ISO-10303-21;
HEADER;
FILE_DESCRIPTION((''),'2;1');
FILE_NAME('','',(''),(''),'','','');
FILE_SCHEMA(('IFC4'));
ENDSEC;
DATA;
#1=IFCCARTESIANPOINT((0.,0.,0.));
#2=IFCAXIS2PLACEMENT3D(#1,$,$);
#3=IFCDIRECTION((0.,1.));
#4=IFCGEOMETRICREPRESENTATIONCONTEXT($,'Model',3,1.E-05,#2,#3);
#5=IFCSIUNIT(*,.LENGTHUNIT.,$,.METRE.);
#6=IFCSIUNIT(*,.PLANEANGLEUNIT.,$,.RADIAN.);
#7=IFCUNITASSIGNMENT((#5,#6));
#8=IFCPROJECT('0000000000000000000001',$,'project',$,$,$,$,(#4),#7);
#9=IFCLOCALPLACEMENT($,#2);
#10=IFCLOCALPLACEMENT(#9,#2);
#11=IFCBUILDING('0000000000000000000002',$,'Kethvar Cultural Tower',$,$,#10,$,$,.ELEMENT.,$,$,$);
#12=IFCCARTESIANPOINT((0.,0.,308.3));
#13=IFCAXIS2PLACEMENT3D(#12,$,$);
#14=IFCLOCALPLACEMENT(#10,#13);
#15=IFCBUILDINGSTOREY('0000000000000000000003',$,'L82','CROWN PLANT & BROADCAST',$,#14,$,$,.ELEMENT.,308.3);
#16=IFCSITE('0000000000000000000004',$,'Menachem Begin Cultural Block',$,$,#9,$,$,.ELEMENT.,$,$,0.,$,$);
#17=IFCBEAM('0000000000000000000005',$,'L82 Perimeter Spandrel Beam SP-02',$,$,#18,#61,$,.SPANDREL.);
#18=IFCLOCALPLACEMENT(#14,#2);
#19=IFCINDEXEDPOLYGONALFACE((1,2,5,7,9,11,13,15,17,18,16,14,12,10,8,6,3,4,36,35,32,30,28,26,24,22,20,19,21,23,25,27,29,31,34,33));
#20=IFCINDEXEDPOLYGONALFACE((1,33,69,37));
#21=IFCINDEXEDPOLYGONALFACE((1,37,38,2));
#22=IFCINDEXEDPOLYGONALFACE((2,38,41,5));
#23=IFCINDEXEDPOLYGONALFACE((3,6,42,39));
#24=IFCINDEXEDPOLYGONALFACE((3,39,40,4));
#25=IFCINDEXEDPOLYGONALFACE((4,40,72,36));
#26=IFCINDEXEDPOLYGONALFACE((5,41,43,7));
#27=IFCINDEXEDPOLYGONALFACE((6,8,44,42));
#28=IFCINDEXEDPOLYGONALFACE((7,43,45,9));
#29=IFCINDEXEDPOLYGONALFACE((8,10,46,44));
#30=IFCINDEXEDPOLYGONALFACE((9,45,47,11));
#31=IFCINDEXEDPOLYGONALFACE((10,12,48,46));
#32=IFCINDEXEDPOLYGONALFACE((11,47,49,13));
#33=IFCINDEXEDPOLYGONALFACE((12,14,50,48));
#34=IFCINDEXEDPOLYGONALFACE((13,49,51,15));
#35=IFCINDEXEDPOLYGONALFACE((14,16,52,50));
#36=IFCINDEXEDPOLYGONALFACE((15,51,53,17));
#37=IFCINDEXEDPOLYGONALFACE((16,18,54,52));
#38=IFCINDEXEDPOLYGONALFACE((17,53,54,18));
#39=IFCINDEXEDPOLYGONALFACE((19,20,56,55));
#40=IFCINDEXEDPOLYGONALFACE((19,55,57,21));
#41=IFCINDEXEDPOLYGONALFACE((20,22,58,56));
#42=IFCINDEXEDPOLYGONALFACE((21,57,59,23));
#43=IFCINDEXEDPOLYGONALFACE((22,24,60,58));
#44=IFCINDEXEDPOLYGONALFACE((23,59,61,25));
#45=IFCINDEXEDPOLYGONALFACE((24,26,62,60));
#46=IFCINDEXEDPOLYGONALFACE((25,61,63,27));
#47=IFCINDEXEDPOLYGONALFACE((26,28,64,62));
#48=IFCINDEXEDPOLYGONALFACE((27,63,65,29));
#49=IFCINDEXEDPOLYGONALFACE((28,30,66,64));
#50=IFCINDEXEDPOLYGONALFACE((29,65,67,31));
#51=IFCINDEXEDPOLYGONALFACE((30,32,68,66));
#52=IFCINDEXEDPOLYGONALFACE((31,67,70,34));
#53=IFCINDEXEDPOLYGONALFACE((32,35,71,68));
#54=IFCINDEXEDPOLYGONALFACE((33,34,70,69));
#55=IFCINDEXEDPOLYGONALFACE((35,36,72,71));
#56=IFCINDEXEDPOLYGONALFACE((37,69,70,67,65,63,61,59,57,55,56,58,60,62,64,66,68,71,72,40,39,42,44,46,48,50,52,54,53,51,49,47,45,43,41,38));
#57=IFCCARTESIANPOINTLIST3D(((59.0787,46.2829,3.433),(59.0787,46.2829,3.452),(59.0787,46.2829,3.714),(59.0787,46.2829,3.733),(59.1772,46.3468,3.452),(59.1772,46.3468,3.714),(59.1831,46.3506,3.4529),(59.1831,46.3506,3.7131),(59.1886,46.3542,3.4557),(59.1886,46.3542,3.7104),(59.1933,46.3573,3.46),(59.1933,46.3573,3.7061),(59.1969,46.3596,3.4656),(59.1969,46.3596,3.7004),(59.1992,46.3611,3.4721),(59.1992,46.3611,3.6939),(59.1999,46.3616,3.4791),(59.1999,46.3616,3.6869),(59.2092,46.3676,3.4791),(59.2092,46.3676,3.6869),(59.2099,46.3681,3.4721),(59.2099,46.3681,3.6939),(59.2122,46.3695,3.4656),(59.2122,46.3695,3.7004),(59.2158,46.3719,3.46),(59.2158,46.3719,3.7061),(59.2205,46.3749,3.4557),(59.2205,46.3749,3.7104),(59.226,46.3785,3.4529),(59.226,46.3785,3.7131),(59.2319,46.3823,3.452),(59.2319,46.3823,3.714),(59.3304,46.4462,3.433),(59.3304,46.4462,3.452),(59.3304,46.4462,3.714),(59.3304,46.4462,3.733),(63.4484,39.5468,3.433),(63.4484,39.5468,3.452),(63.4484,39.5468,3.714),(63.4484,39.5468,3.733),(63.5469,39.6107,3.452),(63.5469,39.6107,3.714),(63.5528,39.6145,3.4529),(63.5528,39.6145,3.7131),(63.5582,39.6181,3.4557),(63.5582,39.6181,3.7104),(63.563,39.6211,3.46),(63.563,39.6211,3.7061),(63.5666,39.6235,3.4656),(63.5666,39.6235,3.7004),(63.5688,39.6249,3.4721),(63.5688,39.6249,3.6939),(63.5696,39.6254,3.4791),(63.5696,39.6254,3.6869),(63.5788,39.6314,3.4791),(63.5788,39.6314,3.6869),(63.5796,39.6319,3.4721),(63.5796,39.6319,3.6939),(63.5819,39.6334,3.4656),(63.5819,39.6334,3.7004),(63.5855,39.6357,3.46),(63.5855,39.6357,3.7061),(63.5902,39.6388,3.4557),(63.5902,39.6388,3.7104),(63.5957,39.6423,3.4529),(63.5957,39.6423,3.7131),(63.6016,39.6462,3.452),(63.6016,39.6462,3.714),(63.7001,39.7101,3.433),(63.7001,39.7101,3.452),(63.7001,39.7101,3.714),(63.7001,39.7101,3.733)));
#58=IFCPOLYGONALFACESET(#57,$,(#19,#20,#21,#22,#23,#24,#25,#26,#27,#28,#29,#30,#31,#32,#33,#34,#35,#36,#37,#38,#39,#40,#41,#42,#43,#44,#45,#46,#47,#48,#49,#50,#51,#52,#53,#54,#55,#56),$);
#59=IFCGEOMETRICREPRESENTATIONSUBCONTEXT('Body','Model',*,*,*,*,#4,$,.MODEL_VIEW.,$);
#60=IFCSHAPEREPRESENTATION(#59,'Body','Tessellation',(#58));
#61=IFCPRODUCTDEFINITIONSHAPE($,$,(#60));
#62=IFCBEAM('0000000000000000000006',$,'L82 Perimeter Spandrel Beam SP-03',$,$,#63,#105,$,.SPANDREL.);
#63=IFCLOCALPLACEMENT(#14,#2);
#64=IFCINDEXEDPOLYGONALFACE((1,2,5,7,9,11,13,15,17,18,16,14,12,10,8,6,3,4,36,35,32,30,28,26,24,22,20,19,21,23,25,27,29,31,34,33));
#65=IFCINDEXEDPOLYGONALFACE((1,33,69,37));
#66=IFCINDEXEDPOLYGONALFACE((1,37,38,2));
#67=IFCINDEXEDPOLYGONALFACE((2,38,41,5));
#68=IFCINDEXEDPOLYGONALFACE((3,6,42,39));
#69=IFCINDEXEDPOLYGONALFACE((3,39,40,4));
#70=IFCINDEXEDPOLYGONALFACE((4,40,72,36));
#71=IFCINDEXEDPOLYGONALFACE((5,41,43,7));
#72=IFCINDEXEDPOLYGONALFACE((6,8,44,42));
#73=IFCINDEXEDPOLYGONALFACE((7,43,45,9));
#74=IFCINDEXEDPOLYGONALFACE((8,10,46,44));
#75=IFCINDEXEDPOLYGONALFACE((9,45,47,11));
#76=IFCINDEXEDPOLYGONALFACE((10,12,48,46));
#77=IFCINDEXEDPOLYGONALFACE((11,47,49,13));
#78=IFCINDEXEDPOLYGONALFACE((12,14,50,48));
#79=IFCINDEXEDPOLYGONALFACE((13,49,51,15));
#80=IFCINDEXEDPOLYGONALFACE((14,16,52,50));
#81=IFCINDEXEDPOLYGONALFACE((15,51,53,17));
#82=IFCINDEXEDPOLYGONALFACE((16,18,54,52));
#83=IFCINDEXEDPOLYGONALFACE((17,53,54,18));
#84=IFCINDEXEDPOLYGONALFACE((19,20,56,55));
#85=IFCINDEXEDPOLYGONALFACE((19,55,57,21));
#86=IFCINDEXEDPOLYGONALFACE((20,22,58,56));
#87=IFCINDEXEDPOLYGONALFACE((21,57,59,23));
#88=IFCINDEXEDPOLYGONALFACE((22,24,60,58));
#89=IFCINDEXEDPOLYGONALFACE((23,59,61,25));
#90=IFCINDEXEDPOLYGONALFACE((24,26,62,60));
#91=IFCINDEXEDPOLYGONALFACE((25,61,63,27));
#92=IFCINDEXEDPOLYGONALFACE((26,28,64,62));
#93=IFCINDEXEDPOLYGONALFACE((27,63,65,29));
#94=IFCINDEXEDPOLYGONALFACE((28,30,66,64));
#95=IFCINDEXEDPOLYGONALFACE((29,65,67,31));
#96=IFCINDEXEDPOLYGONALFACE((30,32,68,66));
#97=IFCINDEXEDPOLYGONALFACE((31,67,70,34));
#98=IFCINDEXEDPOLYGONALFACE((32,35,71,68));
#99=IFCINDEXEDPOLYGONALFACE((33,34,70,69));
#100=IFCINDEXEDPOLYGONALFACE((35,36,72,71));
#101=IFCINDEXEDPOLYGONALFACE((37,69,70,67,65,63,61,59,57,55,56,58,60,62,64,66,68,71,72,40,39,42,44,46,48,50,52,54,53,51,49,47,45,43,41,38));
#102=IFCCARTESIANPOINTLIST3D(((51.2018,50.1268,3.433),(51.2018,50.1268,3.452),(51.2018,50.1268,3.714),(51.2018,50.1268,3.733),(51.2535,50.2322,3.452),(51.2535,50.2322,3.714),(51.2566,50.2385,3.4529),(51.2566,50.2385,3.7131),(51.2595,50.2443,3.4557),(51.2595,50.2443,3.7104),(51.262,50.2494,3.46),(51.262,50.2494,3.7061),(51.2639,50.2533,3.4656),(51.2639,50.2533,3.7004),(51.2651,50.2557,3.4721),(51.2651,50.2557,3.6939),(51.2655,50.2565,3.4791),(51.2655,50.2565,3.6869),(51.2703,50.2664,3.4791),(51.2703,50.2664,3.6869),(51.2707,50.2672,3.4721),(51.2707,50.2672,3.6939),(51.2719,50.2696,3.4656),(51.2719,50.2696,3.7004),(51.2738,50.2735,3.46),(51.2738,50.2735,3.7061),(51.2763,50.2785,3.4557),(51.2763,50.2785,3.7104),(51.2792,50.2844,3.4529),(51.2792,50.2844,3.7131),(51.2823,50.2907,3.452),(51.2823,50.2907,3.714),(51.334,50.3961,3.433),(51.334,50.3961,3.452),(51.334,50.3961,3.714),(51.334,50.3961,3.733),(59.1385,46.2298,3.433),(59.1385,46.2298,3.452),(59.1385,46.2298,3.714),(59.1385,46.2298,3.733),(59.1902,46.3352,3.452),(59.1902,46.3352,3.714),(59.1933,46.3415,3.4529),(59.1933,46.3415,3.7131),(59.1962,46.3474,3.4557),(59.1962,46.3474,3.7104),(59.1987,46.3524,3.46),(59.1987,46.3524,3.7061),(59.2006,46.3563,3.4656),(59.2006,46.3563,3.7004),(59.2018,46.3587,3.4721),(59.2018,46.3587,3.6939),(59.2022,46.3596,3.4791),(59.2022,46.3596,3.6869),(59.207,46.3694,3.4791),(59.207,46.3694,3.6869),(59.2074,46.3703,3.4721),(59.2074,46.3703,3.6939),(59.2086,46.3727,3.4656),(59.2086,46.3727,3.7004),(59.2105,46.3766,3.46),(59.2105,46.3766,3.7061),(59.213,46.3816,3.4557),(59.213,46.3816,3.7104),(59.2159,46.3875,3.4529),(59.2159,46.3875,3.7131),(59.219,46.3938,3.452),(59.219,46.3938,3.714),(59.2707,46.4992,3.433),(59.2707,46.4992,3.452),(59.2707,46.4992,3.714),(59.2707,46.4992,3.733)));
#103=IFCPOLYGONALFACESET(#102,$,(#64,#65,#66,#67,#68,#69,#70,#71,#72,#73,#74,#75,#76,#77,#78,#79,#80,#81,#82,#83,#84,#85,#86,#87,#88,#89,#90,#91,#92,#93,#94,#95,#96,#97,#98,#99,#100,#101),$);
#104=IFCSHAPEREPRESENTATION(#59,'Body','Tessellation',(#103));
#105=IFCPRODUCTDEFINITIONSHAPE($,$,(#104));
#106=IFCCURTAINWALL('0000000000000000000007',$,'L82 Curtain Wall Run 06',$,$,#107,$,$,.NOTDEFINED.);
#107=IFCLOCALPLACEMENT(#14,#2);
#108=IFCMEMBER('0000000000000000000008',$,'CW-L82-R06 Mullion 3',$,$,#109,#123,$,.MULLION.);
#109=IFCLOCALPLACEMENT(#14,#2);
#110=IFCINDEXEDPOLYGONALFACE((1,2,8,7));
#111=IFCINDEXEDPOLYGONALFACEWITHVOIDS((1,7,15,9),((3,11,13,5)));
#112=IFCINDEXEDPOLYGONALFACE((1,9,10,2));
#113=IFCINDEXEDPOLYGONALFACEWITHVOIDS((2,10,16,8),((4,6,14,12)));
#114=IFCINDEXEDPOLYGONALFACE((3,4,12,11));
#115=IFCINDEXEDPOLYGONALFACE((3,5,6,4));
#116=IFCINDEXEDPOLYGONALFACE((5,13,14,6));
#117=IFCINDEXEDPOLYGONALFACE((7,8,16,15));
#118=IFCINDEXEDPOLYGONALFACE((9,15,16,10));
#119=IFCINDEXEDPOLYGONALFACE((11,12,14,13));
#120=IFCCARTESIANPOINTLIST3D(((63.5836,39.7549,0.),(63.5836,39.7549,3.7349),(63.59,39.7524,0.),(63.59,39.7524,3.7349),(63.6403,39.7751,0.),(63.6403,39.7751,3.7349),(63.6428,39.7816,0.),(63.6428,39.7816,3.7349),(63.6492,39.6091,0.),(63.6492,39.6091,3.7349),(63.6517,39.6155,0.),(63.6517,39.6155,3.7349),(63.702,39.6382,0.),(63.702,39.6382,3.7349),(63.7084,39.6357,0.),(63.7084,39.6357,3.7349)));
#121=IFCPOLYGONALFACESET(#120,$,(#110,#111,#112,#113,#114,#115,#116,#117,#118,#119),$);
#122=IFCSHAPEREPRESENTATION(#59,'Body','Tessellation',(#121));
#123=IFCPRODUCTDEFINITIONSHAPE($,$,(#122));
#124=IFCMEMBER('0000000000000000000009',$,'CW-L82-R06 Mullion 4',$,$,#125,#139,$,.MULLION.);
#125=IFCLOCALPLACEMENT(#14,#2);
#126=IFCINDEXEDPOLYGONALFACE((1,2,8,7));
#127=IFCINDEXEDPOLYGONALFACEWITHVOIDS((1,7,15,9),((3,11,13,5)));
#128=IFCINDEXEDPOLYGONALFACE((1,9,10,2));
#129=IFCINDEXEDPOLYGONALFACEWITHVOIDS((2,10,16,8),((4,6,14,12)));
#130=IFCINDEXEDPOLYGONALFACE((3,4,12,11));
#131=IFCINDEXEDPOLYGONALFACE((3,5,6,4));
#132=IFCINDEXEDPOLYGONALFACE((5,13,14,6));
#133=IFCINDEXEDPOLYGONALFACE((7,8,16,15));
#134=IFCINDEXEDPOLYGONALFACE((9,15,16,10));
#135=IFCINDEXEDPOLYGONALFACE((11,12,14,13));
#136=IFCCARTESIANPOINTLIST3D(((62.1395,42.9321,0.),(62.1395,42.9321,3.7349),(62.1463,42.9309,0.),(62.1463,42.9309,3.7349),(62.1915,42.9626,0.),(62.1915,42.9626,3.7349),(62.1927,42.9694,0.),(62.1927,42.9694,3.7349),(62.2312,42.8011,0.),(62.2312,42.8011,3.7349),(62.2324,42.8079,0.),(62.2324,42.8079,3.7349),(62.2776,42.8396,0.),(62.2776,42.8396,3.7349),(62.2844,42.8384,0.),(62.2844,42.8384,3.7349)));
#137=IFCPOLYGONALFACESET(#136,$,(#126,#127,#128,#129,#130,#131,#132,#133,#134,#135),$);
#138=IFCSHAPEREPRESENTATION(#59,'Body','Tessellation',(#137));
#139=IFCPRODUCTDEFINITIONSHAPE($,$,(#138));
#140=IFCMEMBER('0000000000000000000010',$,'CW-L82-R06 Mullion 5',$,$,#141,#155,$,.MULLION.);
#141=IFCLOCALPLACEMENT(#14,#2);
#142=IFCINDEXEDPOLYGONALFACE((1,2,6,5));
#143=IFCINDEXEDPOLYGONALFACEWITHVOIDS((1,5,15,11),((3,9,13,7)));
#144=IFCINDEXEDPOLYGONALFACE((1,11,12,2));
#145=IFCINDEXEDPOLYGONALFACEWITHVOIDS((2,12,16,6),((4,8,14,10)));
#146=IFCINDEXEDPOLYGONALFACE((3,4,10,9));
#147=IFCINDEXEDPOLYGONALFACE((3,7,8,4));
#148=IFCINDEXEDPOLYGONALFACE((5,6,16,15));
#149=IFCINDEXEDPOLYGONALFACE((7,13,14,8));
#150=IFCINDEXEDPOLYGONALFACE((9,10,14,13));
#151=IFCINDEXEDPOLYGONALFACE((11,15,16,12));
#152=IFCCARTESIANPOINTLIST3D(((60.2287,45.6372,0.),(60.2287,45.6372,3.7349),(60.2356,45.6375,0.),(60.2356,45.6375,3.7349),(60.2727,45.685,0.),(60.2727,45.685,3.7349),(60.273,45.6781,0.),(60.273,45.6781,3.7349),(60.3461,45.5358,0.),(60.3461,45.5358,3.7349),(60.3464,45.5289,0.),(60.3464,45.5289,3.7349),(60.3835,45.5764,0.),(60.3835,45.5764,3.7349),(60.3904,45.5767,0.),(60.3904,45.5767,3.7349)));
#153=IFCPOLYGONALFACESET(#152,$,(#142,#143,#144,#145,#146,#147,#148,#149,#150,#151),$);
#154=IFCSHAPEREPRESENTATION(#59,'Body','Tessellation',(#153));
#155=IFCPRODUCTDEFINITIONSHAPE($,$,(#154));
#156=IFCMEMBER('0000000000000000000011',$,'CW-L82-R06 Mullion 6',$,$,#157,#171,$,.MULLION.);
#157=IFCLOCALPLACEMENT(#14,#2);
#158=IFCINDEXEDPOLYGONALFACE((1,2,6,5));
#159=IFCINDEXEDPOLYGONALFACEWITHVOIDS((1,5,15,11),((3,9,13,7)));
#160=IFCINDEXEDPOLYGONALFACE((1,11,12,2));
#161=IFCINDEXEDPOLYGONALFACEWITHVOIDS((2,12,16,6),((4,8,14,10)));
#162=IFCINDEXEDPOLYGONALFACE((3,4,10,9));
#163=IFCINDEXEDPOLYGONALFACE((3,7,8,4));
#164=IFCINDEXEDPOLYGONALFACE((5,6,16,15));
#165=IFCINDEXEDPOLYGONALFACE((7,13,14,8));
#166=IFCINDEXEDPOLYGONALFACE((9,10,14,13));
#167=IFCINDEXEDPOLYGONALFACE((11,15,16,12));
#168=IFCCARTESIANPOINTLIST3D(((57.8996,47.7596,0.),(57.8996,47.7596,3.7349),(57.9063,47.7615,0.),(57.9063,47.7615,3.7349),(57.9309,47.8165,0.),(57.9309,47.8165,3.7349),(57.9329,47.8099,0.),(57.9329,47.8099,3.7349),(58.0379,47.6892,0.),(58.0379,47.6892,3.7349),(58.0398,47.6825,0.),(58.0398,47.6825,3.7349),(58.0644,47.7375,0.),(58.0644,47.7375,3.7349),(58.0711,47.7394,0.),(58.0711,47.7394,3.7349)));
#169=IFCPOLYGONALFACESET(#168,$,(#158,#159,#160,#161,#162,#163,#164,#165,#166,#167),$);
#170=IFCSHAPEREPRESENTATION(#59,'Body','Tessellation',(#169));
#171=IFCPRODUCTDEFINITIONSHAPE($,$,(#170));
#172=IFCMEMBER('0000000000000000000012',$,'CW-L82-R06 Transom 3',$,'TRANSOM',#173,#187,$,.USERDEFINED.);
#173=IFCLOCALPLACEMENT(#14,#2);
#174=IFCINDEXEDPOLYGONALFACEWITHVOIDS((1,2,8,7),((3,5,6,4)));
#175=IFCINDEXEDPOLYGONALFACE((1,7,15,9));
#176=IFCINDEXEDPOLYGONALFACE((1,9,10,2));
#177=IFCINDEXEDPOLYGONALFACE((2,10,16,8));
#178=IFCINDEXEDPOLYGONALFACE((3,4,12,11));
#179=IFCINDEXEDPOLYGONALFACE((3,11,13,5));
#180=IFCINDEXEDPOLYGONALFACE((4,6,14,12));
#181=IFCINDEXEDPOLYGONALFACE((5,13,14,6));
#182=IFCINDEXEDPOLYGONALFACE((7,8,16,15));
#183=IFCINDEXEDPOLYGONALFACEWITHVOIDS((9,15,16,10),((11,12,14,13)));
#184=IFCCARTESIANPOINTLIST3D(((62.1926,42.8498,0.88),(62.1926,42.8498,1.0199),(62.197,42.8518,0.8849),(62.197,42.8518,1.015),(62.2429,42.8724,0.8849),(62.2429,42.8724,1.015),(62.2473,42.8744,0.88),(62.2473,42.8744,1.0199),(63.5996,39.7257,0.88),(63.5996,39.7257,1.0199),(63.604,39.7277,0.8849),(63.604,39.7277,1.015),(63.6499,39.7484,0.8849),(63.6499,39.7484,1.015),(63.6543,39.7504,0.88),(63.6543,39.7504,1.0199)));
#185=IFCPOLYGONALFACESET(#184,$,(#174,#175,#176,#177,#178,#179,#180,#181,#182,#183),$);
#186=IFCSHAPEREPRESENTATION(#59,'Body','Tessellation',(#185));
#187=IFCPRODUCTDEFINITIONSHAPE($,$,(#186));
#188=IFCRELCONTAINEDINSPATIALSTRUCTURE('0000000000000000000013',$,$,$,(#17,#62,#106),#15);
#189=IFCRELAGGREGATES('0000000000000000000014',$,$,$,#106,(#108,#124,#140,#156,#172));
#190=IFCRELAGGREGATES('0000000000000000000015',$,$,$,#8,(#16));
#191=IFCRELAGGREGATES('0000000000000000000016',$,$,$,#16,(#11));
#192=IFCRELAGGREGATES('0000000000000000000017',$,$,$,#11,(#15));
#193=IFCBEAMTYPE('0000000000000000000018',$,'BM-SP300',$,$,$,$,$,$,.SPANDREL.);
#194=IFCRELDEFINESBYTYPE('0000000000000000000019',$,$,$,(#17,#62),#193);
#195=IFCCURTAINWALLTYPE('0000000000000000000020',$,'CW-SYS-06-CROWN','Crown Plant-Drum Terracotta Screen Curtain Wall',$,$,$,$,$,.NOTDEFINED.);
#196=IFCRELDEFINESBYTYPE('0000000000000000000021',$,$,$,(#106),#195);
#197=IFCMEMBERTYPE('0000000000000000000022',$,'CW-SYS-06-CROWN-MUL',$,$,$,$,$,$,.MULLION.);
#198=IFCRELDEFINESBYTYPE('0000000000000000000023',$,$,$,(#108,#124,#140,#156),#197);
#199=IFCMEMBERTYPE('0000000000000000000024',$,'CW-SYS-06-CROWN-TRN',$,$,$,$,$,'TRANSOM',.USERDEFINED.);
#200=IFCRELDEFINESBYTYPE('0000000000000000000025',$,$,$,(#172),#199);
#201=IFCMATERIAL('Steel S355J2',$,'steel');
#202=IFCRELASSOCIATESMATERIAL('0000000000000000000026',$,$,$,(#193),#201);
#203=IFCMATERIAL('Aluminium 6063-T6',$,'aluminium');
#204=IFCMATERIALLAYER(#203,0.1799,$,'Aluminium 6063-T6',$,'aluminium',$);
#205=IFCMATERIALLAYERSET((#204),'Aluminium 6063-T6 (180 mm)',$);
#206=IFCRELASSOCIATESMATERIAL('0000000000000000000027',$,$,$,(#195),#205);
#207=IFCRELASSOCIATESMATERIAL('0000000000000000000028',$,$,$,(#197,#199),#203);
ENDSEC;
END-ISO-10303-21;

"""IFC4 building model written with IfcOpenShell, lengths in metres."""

from ifc_helpers import new_model, si_unit, direction, frame, origin, origin_2d, place, context, subcontext, project, spatial, hollow_rectangle, i_section, extrude, source, transform, mapped, material, layer, layer_set, material_profile, profile_set, type_object, element, aggregate, save


model = new_model("IFC4")

# Units and contexts
model_context = context("Model", 3, precision=1e-05, world=origin(), true_north=direction((0.0, 1.0)))
body_context = subcontext(model_context, "Body", "Model", "MODEL_VIEW")
ifc_project = project(units=[si_unit("LENGTHUNIT", "METRE"), si_unit("PLANEANGLEUNIT", "RADIAN")], contexts=[model_context])

# Site, building, storey
site_placement = place(None, origin())
site = spatial("IfcSite", under=ifc_project, at=site_placement, Name="Menachem Begin Cultural Block", CompositionType="ELEMENT", RefElevation=0.0)
building_placement = place(site_placement, origin())
building = spatial("IfcBuilding", under=site, at=building_placement, Name="Kethvar Cultural Tower", CompositionType="ELEMENT")
storey_placement = place(building_placement, frame((0.0, 0.0, 308.3)))
storey = spatial("IfcBuildingStorey", under=building, at=storey_placement, Name="L82", Description="CROWN PLANT & BROADCAST", CompositionType="ELEMENT", Elevation=308.3)

# Shared definitions
ifc_material_1 = material(Name="Steel S355J2", Category="steel")

# Beams
ifc_material_profile_1 = material_profile(ifc_material_1, i_section(OverallWidth=0.3, OverallDepth=0.3, WebThickness=0.011, FlangeThickness=0.019, FilletRadius=0.0271, at=origin_2d()), Name="Steel S355J2 — HEB300")
ifc_profile_set_1 = profile_set([ifc_material_profile_1], Name="Steel S355J2 — HEB300")
beam_type_1 = type_object("IfcBeamType", Name="BM-SP300", PredefinedType="SPANDREL", material=ifc_profile_set_1)
shared_shape_1 = source(origin(), body_context, "Body", "SweptSolid", [
    extrude(i_section(OverallWidth=0.3, OverallDepth=0.3, WebThickness=0.011, FlangeThickness=0.019, FilletRadius=0.0271, at=origin_2d()), origin(), (0.0, 0.0, 1.0), 8.0293),
])
beam_1_placement = place(storey_placement, frame((63.5742, 39.6284, 3.583), z_axis=(-0.544215, 0.838946, 0.0), x_axis=(-0.838946, -0.544215, 0.0)))
element("IfcBeam", 1, at=beam_1_placement, inside=storey, type_object=beam_type_1, Name="L82 Perimeter Spandrel Beam SP-02", PredefinedType="SPANDREL", context=body_context, shape_type="MappedRepresentation", body=[
    mapped(shared_shape_1, transform((0.0, 0.0, 0.0), scale=1.0)),
])
shared_shape_2 = source(origin(), body_context, "Body", "SweptSolid", [
    extrude(i_section(OverallWidth=0.3, OverallDepth=0.3, WebThickness=0.011, FlangeThickness=0.019, FilletRadius=0.0271, at=origin_2d()), origin(), (0.0, 0.0, 1.0), 8.8418),
])
beam_2_placement = place(storey_placement, frame((59.2046, 46.3645, 3.583), z_axis=(-0.897634, 0.440741, 0.0), x_axis=(-0.440741, -0.897634, 0.0)))
element("IfcBeam", 2, at=beam_2_placement, inside=storey, type_object=beam_type_1, Name="L82 Perimeter Spandrel Beam SP-03", PredefinedType="SPANDREL", context=body_context, shape_type="MappedRepresentation", body=[
    mapped(shared_shape_2, transform((0.0, 0.0, 0.0), scale=1.0)),
])

# Curtain wall, members
ifc_material_2 = material(Name="Aluminium 6063-T6", Category="aluminium")
ifc_layer_1 = layer(ifc_material_2, 0.1799, Name="Aluminium 6063-T6", Category="aluminium")
ifc_layer_set_1 = layer_set([ifc_layer_1], Name="Aluminium 6063-T6 (180 mm)")
curtain_wall_type = type_object("IfcCurtainWallType", Name="CW-SYS-06-CROWN", Description="Crown Plant-Drum Terracotta Screen Curtain Wall", PredefinedType="NOTDEFINED", material=ifc_layer_set_1)
curtain_wall_placement = place(storey_placement, origin())
curtain_wall = element("IfcCurtainWall", 3, at=curtain_wall_placement, inside=storey, type_object=curtain_wall_type, Name="L82 Curtain Wall Run 06", PredefinedType="NOTDEFINED")
ifc_material_profile_2 = material_profile(ifc_material_2, hollow_rectangle(XDim=0.0649, YDim=0.1599, WallThickness=0.0049, at=origin_2d()), Name="Aluminium 6063-T6 — RHS160x65x5")
ifc_profile_set_2 = profile_set([ifc_material_profile_2], Name="Aluminium 6063-T6 — RHS160x65x5")
member_type_1 = type_object("IfcMemberType", Name="CW-SYS-06-CROWN-MUL", PredefinedType="MULLION", material=ifc_profile_set_2)
shared_shape_3 = source(origin(), body_context, "Body", "SweptSolid", [
    extrude(hollow_rectangle(XDim=0.0649, YDim=0.1599, WallThickness=0.0049, at=origin_2d()), origin(), (0.0, 0.0, 1.0), 3.7349),
])
member_1_placement = place(storey_placement, frame((63.646, 39.6953, 0.0), z_axis=(0.0, 0.0, 1.0), x_axis=(-0.911805, -0.410623, 0.0)))
member_1 = element("IfcMember", 4, at=member_1_placement, type_object=member_type_1, Name="CW-L82-R06 Mullion 3", PredefinedType="MULLION", context=body_context, shape_type="MappedRepresentation", body=[
    mapped(shared_shape_3, transform((0.0, 0.0, 0.0), scale=1.0)),
])
member_2_placement = place(storey_placement, frame((62.2119, 42.8853, 0.0), z_axis=(0.0, 0.0, 1.0), x_axis=(-0.819142, -0.573591, 0.0)))
member_2 = element("IfcMember", 5, at=member_2_placement, type_object=member_type_1, Name="CW-L82-R06 Mullion 4", PredefinedType="MULLION", context=body_context, shape_type="MappedRepresentation", body=[
    mapped(shared_shape_3, transform((0.0, 0.0, 0.0), scale=1.0)),
])
member_3_placement = place(storey_placement, frame((60.3096, 45.6069, 0.0), z_axis=(0.0, 0.0, 1.0), x_axis=(-0.676992, -0.735991, 0.0)))
member_3 = element("IfcMember", 6, at=member_3_placement, type_object=member_type_1, Name="CW-L82-R06 Mullion 5", PredefinedType="MULLION", context=body_context, shape_type="MappedRepresentation", body=[
    mapped(shared_shape_3, transform((0.0, 0.0, 0.0), scale=1.0)),
])
member_4_placement = place(storey_placement, frame((57.9854, 47.7495, 0.0), z_axis=(0.0, 0.0, 1.0), x_axis=(-0.481723, -0.876323, 0.0)))
member_4 = element("IfcMember", 7, at=member_4_placement, type_object=member_type_1, Name="CW-L82-R06 Mullion 6", PredefinedType="MULLION", context=body_context, shape_type="MappedRepresentation", body=[
    mapped(shared_shape_3, transform((0.0, 0.0, 0.0), scale=1.0)),
])
ifc_material_profile_3 = material_profile(ifc_material_2, hollow_rectangle(XDim=0.0601, YDim=0.1399, WallThickness=0.0049, at=origin_2d()), Name="Aluminium 6063-T6 — RHS140x60x5")
ifc_profile_set_3 = profile_set([ifc_material_profile_3], Name="Aluminium 6063-T6 — RHS140x60x5")
member_type_2 = type_object("IfcMemberType", Name="CW-SYS-06-CROWN-TRN", ElementType="TRANSOM", PredefinedType="USERDEFINED", material=ifc_profile_set_3)
shared_shape_4 = source(origin(), body_context, "Body", "SweptSolid", [
    extrude(hollow_rectangle(XDim=0.0601, YDim=0.1399, WallThickness=0.0049, at=origin_2d()), origin(), (0.0, 0.0, 1.0), 3.4263),
])
member_5_placement = place(storey_placement, frame((63.627, 39.738, 0.95), z_axis=(-0.410649, 0.911793, 0.0), x_axis=(-0.911793, -0.410649, 0.0)))
member_5 = element("IfcMember", 8, at=member_5_placement, type_object=member_type_2, Name="CW-L82-R06 Transom 3", ObjectType="TRANSOM", PredefinedType="USERDEFINED", context=body_context, shape_type="MappedRepresentation", body=[
    mapped(shared_shape_4, transform((0.0, 0.0, 0.0), scale=1.0)),
])
aggregate(curtain_wall, [member_1, member_2, member_3, member_4, member_5])

save(model, "model.ifc")
